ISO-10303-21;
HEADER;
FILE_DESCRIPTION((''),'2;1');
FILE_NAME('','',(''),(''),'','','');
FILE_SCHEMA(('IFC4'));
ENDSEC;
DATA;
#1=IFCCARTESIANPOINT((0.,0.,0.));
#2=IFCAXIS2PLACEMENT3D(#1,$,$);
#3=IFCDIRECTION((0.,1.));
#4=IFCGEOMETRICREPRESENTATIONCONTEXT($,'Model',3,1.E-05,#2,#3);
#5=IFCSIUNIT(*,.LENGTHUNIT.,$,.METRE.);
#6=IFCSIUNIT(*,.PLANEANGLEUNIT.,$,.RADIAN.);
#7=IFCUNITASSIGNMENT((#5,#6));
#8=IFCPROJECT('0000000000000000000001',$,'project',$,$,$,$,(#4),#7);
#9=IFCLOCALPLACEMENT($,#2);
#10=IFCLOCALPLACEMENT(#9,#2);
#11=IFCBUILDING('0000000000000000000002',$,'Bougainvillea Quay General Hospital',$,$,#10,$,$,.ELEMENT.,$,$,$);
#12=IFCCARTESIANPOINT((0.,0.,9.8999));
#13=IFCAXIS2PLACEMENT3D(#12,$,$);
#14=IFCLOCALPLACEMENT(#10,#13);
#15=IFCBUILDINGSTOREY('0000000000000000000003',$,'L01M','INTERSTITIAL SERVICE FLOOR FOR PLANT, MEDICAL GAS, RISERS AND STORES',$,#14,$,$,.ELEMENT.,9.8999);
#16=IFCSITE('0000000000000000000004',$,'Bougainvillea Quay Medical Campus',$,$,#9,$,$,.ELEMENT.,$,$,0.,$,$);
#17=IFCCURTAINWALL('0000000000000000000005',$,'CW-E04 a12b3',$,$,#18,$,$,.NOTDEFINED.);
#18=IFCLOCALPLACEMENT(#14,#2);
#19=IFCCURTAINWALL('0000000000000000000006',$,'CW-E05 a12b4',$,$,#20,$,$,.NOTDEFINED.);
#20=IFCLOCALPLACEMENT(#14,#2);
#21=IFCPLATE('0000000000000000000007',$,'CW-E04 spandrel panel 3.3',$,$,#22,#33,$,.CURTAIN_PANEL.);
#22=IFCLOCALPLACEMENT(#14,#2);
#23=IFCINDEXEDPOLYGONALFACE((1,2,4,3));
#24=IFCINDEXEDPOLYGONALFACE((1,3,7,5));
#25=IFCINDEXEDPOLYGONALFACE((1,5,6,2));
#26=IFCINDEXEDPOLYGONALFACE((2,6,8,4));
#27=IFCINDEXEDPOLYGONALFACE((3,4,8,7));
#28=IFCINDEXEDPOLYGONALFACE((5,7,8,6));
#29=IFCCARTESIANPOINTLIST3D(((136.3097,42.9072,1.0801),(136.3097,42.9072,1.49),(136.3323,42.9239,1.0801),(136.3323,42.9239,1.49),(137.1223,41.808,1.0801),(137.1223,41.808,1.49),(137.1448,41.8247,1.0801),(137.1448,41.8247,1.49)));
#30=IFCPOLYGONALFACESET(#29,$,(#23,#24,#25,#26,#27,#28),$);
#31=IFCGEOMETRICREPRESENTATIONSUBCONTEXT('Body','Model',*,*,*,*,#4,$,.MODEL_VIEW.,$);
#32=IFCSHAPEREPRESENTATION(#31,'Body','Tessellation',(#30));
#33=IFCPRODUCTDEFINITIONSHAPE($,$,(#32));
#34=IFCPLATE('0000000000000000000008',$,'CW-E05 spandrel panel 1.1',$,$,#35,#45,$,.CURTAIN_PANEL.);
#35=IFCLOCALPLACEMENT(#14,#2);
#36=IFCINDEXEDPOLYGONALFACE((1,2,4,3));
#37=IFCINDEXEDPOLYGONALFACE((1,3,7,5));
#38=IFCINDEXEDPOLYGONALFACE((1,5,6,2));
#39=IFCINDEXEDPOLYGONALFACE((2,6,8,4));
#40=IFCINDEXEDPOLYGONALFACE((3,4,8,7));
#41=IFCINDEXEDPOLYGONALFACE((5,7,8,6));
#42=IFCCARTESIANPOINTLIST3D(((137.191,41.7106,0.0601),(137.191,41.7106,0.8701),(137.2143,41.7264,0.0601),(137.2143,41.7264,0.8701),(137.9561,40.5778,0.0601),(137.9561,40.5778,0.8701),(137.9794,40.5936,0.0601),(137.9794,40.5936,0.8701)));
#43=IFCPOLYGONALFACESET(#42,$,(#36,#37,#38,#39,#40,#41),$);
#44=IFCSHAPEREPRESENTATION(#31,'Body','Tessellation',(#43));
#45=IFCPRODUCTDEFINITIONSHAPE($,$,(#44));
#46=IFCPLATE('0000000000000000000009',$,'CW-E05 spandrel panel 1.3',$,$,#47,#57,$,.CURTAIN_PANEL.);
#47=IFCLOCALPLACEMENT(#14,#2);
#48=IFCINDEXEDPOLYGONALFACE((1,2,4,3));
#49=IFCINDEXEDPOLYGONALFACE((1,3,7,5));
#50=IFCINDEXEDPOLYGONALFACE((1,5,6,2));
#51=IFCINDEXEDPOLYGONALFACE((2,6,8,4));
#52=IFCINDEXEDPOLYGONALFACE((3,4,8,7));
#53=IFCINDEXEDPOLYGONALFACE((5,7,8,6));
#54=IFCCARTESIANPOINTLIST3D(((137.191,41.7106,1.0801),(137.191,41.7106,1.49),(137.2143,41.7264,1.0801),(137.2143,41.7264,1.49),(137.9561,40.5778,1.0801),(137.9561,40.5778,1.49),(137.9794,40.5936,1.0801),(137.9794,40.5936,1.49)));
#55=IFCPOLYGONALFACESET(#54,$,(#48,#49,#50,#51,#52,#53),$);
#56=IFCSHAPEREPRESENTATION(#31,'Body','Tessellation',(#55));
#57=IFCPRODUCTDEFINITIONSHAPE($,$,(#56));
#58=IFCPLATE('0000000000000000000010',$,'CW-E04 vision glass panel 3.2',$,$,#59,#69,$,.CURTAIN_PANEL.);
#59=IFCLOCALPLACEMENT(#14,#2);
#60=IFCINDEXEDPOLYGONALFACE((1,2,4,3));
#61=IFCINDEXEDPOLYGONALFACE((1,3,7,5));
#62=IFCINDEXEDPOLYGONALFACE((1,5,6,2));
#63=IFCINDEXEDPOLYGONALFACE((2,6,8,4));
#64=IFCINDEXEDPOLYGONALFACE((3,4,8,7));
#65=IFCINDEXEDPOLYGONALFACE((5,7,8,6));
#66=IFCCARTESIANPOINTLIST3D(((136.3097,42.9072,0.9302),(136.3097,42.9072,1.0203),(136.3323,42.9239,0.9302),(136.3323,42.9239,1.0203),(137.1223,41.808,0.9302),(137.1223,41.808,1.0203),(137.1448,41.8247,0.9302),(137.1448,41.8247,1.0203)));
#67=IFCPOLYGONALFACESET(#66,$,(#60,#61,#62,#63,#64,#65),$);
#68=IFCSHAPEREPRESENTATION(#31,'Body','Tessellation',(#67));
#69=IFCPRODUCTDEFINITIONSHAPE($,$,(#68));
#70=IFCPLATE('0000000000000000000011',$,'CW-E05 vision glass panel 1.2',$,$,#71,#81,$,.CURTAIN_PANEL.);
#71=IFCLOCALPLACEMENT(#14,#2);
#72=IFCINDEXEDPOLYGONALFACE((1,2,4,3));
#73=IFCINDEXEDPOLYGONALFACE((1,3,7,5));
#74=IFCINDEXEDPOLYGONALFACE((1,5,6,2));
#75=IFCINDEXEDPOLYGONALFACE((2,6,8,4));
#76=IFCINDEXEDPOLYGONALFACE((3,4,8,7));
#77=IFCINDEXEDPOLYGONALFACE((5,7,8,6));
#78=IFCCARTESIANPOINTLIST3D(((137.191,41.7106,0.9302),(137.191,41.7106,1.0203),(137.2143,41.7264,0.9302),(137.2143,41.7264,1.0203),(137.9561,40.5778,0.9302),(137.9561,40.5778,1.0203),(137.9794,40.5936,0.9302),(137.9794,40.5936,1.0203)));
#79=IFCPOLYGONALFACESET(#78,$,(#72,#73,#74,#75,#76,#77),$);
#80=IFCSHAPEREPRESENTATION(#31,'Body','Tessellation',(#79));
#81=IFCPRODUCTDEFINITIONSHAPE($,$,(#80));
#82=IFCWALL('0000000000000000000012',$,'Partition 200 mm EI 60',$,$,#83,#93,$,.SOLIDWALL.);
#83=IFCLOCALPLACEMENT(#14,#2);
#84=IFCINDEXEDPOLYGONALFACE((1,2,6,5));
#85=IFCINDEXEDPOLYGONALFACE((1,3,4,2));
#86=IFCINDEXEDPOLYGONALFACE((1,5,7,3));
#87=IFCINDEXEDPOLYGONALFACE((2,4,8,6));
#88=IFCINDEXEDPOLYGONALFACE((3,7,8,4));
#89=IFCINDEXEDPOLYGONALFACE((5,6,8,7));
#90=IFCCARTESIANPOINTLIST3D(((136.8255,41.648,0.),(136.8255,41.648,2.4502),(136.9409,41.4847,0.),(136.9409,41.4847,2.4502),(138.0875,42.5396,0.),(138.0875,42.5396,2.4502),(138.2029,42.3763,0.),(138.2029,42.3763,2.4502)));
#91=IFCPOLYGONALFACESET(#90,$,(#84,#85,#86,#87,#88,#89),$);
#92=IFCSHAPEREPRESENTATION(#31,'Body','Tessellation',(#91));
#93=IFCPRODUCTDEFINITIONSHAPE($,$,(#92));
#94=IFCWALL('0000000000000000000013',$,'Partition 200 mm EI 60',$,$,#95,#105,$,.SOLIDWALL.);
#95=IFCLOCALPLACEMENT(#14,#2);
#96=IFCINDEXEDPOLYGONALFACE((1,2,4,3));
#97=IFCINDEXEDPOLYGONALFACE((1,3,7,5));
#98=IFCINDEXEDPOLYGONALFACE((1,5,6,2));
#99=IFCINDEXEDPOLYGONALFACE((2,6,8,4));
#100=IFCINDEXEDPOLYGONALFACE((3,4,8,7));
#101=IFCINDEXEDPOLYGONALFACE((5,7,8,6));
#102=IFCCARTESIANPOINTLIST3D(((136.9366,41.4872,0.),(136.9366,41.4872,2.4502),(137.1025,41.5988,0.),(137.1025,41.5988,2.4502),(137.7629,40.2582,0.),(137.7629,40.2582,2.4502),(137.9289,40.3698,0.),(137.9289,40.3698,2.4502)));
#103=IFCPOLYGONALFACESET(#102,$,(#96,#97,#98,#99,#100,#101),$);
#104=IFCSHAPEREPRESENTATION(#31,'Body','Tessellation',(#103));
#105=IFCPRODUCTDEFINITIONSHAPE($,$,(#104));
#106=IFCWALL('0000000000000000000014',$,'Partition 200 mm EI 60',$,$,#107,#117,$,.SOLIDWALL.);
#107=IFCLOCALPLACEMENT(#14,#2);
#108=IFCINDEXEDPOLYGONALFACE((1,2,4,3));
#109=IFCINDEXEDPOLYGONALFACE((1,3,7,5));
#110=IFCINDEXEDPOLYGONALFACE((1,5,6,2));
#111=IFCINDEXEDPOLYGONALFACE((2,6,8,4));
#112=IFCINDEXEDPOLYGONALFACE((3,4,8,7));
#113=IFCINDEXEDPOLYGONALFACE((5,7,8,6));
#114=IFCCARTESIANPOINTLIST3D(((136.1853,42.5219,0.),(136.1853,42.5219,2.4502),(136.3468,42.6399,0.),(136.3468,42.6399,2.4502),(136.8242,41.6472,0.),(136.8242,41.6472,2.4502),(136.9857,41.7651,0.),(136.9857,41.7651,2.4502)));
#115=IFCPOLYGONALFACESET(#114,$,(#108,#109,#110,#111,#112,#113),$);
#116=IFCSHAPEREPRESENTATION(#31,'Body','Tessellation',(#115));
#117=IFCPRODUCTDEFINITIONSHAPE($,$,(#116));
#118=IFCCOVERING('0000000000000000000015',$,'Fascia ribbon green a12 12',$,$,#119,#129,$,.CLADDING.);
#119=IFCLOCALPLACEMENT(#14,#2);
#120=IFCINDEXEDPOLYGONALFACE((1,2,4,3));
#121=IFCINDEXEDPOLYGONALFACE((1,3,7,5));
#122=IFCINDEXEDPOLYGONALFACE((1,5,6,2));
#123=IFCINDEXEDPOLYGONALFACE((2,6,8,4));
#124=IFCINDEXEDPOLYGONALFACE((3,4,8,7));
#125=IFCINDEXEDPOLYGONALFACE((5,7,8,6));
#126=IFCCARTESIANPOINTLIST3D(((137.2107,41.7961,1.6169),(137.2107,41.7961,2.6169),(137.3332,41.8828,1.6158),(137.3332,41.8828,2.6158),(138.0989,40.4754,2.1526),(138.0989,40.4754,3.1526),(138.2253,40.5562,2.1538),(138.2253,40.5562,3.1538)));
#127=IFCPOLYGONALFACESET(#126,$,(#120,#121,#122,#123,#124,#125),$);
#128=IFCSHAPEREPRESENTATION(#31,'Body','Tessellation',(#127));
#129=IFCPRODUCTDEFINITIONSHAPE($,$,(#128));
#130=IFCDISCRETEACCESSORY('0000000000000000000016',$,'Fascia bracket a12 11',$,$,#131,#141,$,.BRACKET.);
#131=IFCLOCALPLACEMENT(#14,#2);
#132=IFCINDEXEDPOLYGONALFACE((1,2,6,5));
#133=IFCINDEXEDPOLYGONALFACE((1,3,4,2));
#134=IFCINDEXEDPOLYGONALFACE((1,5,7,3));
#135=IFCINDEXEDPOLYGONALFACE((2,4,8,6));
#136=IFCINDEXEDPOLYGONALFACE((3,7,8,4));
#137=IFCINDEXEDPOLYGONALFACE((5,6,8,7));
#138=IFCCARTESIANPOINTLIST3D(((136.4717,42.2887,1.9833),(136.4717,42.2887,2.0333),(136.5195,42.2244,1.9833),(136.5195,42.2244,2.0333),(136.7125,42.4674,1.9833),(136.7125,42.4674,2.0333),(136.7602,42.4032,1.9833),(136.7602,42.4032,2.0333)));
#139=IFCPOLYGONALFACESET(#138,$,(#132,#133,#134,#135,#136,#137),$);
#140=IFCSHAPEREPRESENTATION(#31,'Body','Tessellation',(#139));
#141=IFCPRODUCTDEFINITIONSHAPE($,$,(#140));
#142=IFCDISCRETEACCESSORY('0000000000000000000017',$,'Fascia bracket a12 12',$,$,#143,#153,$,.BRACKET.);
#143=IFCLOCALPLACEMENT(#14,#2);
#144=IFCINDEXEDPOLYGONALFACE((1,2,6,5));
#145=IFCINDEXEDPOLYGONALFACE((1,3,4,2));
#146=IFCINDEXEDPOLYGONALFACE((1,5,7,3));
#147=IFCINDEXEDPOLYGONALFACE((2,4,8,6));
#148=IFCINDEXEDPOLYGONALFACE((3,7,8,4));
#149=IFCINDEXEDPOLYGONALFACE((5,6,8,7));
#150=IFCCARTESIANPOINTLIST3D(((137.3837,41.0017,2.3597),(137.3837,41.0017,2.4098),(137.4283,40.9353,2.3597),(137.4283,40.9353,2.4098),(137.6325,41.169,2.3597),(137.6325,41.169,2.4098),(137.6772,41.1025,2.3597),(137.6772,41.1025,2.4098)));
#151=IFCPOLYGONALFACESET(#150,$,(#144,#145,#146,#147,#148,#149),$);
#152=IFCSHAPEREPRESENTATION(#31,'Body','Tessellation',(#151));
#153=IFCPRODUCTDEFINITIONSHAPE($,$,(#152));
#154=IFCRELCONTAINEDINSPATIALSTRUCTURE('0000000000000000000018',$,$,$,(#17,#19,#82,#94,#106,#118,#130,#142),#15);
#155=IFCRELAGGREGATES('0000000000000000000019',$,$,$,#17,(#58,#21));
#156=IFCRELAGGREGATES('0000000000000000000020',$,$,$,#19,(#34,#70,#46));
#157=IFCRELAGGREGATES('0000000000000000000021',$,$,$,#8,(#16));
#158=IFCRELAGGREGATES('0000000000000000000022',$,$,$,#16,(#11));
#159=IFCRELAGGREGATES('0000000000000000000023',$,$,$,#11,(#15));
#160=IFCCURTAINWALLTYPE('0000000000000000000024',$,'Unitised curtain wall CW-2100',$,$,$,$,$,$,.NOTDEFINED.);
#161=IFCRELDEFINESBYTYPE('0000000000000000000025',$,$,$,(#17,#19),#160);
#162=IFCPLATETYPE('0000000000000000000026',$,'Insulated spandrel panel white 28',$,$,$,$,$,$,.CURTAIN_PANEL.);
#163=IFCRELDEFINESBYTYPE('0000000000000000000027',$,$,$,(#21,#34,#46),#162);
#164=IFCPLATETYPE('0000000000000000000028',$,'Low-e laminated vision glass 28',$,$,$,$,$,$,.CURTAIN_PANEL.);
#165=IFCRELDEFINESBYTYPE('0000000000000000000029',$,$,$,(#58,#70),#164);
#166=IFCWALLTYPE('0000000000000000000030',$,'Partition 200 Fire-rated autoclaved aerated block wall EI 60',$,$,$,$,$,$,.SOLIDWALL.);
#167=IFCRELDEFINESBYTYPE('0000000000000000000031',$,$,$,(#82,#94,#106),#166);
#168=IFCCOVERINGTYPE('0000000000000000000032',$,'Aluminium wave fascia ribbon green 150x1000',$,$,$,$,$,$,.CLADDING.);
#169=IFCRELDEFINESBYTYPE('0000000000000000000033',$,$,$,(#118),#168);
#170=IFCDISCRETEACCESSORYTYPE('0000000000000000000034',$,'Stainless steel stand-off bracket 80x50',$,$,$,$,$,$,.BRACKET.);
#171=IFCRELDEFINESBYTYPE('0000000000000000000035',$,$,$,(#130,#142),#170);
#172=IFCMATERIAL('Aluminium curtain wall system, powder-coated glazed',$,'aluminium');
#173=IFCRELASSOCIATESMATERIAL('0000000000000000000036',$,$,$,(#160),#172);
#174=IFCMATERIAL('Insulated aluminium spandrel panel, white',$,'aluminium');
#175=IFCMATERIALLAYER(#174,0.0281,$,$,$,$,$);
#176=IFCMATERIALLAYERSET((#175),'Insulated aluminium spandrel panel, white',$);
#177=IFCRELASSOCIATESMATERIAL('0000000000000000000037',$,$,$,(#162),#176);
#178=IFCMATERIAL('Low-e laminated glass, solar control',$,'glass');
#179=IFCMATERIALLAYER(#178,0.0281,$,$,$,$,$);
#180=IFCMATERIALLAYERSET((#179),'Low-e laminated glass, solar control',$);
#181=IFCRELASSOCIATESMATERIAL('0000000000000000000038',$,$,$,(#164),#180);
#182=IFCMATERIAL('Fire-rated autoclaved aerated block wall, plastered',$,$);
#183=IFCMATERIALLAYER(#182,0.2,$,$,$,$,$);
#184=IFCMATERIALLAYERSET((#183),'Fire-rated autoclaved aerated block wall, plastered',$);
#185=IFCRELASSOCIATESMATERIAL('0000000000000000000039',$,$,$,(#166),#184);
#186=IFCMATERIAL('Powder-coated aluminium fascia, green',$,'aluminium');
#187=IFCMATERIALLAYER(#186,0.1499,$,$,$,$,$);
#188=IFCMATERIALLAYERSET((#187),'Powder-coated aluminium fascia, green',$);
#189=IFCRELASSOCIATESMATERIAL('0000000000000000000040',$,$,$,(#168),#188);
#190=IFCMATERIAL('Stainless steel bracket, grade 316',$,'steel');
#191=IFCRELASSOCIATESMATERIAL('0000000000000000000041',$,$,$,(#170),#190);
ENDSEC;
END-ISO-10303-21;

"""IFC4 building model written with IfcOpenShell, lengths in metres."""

from ifc_helpers import new_model, si_unit, direction, frame, frame_2d, origin, origin_2d, place, context, subcontext, project, spatial, polyline, rectangle, outline, extrude, material, layer, layer_set, material_profile, profile_set, type_object, element, aggregate, save


model = new_model("IFC4")

# Units and contexts
model_context = context("Model", 3, precision=1e-05, world=origin(), true_north=direction((0.0, 1.0)))
body_context = subcontext(model_context, "Body", "Model", "MODEL_VIEW")
ifc_project = project(units=[si_unit("LENGTHUNIT", "METRE"), si_unit("PLANEANGLEUNIT", "RADIAN")], contexts=[model_context])

# Site, building, storey
site_placement = place(None, origin())
site = spatial("IfcSite", under=ifc_project, at=site_placement, Name="Bougainvillea Quay Medical Campus", CompositionType="ELEMENT", RefElevation=0.0)
building_placement = place(site_placement, origin())
building = spatial("IfcBuilding", under=site, at=building_placement, Name="Bougainvillea Quay General Hospital", CompositionType="ELEMENT")
storey_placement = place(building_placement, frame((0.0, 0.0, 9.8999)))
storey = spatial("IfcBuildingStorey", under=building, at=storey_placement, Name="L01M", Description="INTERSTITIAL SERVICE FLOOR FOR PLANT, MEDICAL GAS, RISERS AND STORES", CompositionType="ELEMENT", Elevation=9.8999)

# Curtain wall
ifc_material_1 = material(Name="Aluminium curtain wall system, powder-coated glazed", Category="aluminium")
curtain_wall_type = type_object("IfcCurtainWallType", Name="Unitised curtain wall CW-2100", PredefinedType="NOTDEFINED", material=ifc_material_1)
curtain_wall_1_placement = place(storey_placement, origin())
curtain_wall_1 = element("IfcCurtainWall", 1, at=curtain_wall_1_placement, inside=storey, type_object=curtain_wall_type, Name="CW-E04 a12b3", PredefinedType="NOTDEFINED")

# Curtain wall
curtain_wall_2_placement = place(storey_placement, origin())
curtain_wall_2 = element("IfcCurtainWall", 2, at=curtain_wall_2_placement, inside=storey, type_object=curtain_wall_type, Name="CW-E05 a12b4", PredefinedType="NOTDEFINED")

# Plates
ifc_material_2 = material(Name="Insulated aluminium spandrel panel, white", Category="aluminium")
ifc_layer_1 = layer(ifc_material_2, 0.0281)
ifc_layer_set_1 = layer_set([ifc_layer_1], Name="Insulated aluminium spandrel panel, white")
plate_type_1 = type_object("IfcPlateType", Name="Insulated spandrel panel white 28", PredefinedType="CURTAIN_PANEL", material=ifc_layer_set_1)
plate_1_placement = place(storey_placement, frame((136.7273, 42.366, 1.0801), z_axis=(0.0, 0.0, 1.0), x_axis=(0.594411, -0.804161, 0.0)))
plate_1 = element("IfcPlate", 3, at=plate_1_placement, type_object=plate_type_1, Name="CW-E04 spandrel panel 3.3", PredefinedType="CURTAIN_PANEL", context=body_context, shape_type="SweptSolid", body=[
    extrude(rectangle(XDim=1.3669, YDim=0.0281, at=origin_2d()), origin(), (0.0, 0.0, 1.0), 0.4099),
])
plate_2_placement = place(storey_placement, frame((137.5852, 41.1521, 0.0601), z_axis=(0.0, 0.0, 1.0), x_axis=(0.559675, -0.828712, 0.0)))
plate_2 = element("IfcPlate", 4, at=plate_2_placement, type_object=plate_type_1, Name="CW-E05 spandrel panel 1.1", PredefinedType="CURTAIN_PANEL", context=body_context, shape_type="SweptSolid", body=[
    extrude(rectangle(XDim=1.3669, YDim=0.0281, at=origin_2d()), origin(), (0.0, 0.0, 1.0), 0.8101),
])
plate_3_placement = place(storey_placement, frame((137.5852, 41.1521, 1.0801), z_axis=(0.0, 0.0, 1.0), x_axis=(0.559675, -0.828712, 0.0)))
plate_3 = element("IfcPlate", 5, at=plate_3_placement, type_object=plate_type_1, Name="CW-E05 spandrel panel 1.3", PredefinedType="CURTAIN_PANEL", context=body_context, shape_type="SweptSolid", body=[
    extrude(rectangle(XDim=1.3669, YDim=0.0281, at=origin_2d()), origin(), (0.0, 0.0, 1.0), 0.4099),
])
ifc_material_3 = material(Name="Low-e laminated glass, solar control", Category="glass")
ifc_layer_2 = layer(ifc_material_3, 0.0281)
ifc_layer_set_2 = layer_set([ifc_layer_2], Name="Low-e laminated glass, solar control")
plate_type_2 = type_object("IfcPlateType", Name="Low-e laminated vision glass 28", PredefinedType="CURTAIN_PANEL", material=ifc_layer_set_2)
plate_4_placement = place(storey_placement, frame((136.7273, 42.366, 0.9302), z_axis=(0.0, 0.0, 1.0), x_axis=(0.594411, -0.804161, 0.0)))
plate_4 = element("IfcPlate", 6, at=plate_4_placement, type_object=plate_type_2, Name="CW-E04 vision glass panel 3.2", PredefinedType="CURTAIN_PANEL", context=body_context, shape_type="SweptSolid", body=[
    extrude(rectangle(XDim=1.3669, YDim=0.0281, at=origin_2d()), origin(), (0.0, 0.0, 1.0), 0.0901),
])
aggregate(curtain_wall_1, [plate_4, plate_1])
plate_5_placement = place(storey_placement, frame((137.5852, 41.1521, 0.9302), z_axis=(0.0, 0.0, 1.0), x_axis=(0.559675, -0.828712, 0.0)))
plate_5 = element("IfcPlate", 7, at=plate_5_placement, type_object=plate_type_2, Name="CW-E05 vision glass panel 1.2", PredefinedType="CURTAIN_PANEL", context=body_context, shape_type="SweptSolid", body=[
    extrude(rectangle(XDim=1.3669, YDim=0.0281, at=origin_2d()), origin(), (0.0, 0.0, 1.0), 0.0901),
])
aggregate(curtain_wall_2, [plate_2, plate_5, plate_3])

# Walls
ifc_material_4 = material(Name="Fire-rated autoclaved aerated block wall, plastered")
ifc_layer_3 = layer(ifc_material_4, 0.2)
ifc_layer_set_3 = layer_set([ifc_layer_3], Name="Fire-rated autoclaved aerated block wall, plastered")
wall_type = type_object("IfcWallType", Name="Partition 200 Fire-rated autoclaved aerated block wall EI 60", PredefinedType="SOLIDWALL", material=ifc_layer_set_3)
wall_1_placement = place(storey_placement, frame((136.8833, 41.5664, 0.0), z_axis=(0.0, 0.0, 1.0), x_axis=(0.816723, 0.577031, 0.0)))
element("IfcWall", 8, at=wall_1_placement, inside=storey, type_object=wall_type, Name="Partition 200 mm EI 60", PredefinedType="SOLIDWALL", context=body_context, shape_type="SweptSolid", body=[
    extrude(rectangle(XDim=1.5452, YDim=0.2, at=frame_2d((0.7725, 0.0))), origin(), (0.0, 0.0, 1.0), 2.4502),
])
wall_2_placement = place(storey_placement, frame((137.0195, 41.543, 0.0), z_axis=(0.0, 0.0, 1.0), x_axis=(0.558005, -0.829837, 0.0)))
element("IfcWall", 9, at=wall_2_placement, inside=storey, type_object=wall_type, Name="Partition 200 mm EI 60", PredefinedType="SOLIDWALL", context=body_context, shape_type="SweptSolid", body=[
    extrude(rectangle(XDim=1.481, YDim=0.2, at=frame_2d((0.7405, 0.0))), origin(), (0.0, 0.0, 1.0), 2.4502),
])
wall_3_placement = place(storey_placement, frame((136.2661, 42.5808, 0.0), z_axis=(0.0, 0.0, 1.0), x_axis=(0.589819, -0.807536, 0.0)))
element("IfcWall", 10, at=wall_3_placement, inside=storey, type_object=wall_type, Name="Partition 200 mm EI 60", PredefinedType="SOLIDWALL", context=body_context, shape_type="SweptSolid", body=[
    extrude(rectangle(XDim=1.0833, YDim=0.2, at=frame_2d((0.5415, 0.0))), origin(), (0.0, 0.0, 1.0), 2.4502),
])

# Covering
ifc_material_5 = material(Name="Powder-coated aluminium fascia, green", Category="aluminium")
ifc_layer_4 = layer(ifc_material_5, 0.1499)
ifc_layer_set_4 = layer_set([ifc_layer_4], Name="Powder-coated aluminium fascia, green")
covering_type = type_object("IfcCoveringType", Name="Aluminium wave fascia ribbon green 150x1000", PredefinedType="CLADDING", material=ifc_layer_set_4)
covering_placement = place(storey_placement, frame((137.2107, 41.7961, 1.6169), z_axis=(-0.178011, 0.264681, 0.947764), x_axis=(0.528874, -0.786478, 0.318974)))
element("IfcCovering", 11, at=covering_placement, inside=storey, type_object=covering_type, Name="Fascia ribbon green a12 12", PredefinedType="CLADDING", context=body_context, shape_type="SweptSolid", body=[
    extrude(outline(polyline([(0.0, 0.0), (1.6794, 0.0), (1.6831, 0.15), (-0.0037, 0.1501), (0.0, 0.0)])), origin(), (0.318974, 0.000019, 0.947764), 1.0),
])

# Discrete accessories
ifc_material_6 = material(Name="Stainless steel bracket, grade 316", Category="steel")
ifc_material_profile_1 = material_profile(ifc_material_6, rectangle(XDim=0.0801, YDim=0.05, at=origin_2d()))
ifc_profile_set_1 = profile_set([ifc_material_profile_1], Name="Stainless steel bracket, grade 316")
discrete_accessory_type = type_object("IfcDiscreteAccessoryType", Name="Stainless steel stand-off bracket 80x50", PredefinedType="BRACKET", material=ifc_profile_set_1)
for number, where, z_axis, x_axis, name in (
    (12, (136.4956, 42.2566, 2.0083), (0.802922, 0.596084, 0.0), (-0.596084, 0.802922, 0.0), "Fascia bracket a12 11"),
    (13, (137.406, 40.9685, 2.3848), (0.829914, 0.557891, 0.0), (-0.557891, 0.829914, 0.0), "Fascia bracket a12 12"),
):
    element("IfcDiscreteAccessory", number, at=place(storey_placement, frame(where, z_axis=z_axis, x_axis=x_axis)), inside=storey, type_object=discrete_accessory_type, Name=name, PredefinedType="BRACKET", context=body_context, shape_type="SweptSolid", body=[
        extrude(rectangle(XDim=0.0801, YDim=0.05, at=origin_2d()), origin(), (0.0, 0.0, 1.0), 0.2998),
    ])

save(model, "model.ifc")
